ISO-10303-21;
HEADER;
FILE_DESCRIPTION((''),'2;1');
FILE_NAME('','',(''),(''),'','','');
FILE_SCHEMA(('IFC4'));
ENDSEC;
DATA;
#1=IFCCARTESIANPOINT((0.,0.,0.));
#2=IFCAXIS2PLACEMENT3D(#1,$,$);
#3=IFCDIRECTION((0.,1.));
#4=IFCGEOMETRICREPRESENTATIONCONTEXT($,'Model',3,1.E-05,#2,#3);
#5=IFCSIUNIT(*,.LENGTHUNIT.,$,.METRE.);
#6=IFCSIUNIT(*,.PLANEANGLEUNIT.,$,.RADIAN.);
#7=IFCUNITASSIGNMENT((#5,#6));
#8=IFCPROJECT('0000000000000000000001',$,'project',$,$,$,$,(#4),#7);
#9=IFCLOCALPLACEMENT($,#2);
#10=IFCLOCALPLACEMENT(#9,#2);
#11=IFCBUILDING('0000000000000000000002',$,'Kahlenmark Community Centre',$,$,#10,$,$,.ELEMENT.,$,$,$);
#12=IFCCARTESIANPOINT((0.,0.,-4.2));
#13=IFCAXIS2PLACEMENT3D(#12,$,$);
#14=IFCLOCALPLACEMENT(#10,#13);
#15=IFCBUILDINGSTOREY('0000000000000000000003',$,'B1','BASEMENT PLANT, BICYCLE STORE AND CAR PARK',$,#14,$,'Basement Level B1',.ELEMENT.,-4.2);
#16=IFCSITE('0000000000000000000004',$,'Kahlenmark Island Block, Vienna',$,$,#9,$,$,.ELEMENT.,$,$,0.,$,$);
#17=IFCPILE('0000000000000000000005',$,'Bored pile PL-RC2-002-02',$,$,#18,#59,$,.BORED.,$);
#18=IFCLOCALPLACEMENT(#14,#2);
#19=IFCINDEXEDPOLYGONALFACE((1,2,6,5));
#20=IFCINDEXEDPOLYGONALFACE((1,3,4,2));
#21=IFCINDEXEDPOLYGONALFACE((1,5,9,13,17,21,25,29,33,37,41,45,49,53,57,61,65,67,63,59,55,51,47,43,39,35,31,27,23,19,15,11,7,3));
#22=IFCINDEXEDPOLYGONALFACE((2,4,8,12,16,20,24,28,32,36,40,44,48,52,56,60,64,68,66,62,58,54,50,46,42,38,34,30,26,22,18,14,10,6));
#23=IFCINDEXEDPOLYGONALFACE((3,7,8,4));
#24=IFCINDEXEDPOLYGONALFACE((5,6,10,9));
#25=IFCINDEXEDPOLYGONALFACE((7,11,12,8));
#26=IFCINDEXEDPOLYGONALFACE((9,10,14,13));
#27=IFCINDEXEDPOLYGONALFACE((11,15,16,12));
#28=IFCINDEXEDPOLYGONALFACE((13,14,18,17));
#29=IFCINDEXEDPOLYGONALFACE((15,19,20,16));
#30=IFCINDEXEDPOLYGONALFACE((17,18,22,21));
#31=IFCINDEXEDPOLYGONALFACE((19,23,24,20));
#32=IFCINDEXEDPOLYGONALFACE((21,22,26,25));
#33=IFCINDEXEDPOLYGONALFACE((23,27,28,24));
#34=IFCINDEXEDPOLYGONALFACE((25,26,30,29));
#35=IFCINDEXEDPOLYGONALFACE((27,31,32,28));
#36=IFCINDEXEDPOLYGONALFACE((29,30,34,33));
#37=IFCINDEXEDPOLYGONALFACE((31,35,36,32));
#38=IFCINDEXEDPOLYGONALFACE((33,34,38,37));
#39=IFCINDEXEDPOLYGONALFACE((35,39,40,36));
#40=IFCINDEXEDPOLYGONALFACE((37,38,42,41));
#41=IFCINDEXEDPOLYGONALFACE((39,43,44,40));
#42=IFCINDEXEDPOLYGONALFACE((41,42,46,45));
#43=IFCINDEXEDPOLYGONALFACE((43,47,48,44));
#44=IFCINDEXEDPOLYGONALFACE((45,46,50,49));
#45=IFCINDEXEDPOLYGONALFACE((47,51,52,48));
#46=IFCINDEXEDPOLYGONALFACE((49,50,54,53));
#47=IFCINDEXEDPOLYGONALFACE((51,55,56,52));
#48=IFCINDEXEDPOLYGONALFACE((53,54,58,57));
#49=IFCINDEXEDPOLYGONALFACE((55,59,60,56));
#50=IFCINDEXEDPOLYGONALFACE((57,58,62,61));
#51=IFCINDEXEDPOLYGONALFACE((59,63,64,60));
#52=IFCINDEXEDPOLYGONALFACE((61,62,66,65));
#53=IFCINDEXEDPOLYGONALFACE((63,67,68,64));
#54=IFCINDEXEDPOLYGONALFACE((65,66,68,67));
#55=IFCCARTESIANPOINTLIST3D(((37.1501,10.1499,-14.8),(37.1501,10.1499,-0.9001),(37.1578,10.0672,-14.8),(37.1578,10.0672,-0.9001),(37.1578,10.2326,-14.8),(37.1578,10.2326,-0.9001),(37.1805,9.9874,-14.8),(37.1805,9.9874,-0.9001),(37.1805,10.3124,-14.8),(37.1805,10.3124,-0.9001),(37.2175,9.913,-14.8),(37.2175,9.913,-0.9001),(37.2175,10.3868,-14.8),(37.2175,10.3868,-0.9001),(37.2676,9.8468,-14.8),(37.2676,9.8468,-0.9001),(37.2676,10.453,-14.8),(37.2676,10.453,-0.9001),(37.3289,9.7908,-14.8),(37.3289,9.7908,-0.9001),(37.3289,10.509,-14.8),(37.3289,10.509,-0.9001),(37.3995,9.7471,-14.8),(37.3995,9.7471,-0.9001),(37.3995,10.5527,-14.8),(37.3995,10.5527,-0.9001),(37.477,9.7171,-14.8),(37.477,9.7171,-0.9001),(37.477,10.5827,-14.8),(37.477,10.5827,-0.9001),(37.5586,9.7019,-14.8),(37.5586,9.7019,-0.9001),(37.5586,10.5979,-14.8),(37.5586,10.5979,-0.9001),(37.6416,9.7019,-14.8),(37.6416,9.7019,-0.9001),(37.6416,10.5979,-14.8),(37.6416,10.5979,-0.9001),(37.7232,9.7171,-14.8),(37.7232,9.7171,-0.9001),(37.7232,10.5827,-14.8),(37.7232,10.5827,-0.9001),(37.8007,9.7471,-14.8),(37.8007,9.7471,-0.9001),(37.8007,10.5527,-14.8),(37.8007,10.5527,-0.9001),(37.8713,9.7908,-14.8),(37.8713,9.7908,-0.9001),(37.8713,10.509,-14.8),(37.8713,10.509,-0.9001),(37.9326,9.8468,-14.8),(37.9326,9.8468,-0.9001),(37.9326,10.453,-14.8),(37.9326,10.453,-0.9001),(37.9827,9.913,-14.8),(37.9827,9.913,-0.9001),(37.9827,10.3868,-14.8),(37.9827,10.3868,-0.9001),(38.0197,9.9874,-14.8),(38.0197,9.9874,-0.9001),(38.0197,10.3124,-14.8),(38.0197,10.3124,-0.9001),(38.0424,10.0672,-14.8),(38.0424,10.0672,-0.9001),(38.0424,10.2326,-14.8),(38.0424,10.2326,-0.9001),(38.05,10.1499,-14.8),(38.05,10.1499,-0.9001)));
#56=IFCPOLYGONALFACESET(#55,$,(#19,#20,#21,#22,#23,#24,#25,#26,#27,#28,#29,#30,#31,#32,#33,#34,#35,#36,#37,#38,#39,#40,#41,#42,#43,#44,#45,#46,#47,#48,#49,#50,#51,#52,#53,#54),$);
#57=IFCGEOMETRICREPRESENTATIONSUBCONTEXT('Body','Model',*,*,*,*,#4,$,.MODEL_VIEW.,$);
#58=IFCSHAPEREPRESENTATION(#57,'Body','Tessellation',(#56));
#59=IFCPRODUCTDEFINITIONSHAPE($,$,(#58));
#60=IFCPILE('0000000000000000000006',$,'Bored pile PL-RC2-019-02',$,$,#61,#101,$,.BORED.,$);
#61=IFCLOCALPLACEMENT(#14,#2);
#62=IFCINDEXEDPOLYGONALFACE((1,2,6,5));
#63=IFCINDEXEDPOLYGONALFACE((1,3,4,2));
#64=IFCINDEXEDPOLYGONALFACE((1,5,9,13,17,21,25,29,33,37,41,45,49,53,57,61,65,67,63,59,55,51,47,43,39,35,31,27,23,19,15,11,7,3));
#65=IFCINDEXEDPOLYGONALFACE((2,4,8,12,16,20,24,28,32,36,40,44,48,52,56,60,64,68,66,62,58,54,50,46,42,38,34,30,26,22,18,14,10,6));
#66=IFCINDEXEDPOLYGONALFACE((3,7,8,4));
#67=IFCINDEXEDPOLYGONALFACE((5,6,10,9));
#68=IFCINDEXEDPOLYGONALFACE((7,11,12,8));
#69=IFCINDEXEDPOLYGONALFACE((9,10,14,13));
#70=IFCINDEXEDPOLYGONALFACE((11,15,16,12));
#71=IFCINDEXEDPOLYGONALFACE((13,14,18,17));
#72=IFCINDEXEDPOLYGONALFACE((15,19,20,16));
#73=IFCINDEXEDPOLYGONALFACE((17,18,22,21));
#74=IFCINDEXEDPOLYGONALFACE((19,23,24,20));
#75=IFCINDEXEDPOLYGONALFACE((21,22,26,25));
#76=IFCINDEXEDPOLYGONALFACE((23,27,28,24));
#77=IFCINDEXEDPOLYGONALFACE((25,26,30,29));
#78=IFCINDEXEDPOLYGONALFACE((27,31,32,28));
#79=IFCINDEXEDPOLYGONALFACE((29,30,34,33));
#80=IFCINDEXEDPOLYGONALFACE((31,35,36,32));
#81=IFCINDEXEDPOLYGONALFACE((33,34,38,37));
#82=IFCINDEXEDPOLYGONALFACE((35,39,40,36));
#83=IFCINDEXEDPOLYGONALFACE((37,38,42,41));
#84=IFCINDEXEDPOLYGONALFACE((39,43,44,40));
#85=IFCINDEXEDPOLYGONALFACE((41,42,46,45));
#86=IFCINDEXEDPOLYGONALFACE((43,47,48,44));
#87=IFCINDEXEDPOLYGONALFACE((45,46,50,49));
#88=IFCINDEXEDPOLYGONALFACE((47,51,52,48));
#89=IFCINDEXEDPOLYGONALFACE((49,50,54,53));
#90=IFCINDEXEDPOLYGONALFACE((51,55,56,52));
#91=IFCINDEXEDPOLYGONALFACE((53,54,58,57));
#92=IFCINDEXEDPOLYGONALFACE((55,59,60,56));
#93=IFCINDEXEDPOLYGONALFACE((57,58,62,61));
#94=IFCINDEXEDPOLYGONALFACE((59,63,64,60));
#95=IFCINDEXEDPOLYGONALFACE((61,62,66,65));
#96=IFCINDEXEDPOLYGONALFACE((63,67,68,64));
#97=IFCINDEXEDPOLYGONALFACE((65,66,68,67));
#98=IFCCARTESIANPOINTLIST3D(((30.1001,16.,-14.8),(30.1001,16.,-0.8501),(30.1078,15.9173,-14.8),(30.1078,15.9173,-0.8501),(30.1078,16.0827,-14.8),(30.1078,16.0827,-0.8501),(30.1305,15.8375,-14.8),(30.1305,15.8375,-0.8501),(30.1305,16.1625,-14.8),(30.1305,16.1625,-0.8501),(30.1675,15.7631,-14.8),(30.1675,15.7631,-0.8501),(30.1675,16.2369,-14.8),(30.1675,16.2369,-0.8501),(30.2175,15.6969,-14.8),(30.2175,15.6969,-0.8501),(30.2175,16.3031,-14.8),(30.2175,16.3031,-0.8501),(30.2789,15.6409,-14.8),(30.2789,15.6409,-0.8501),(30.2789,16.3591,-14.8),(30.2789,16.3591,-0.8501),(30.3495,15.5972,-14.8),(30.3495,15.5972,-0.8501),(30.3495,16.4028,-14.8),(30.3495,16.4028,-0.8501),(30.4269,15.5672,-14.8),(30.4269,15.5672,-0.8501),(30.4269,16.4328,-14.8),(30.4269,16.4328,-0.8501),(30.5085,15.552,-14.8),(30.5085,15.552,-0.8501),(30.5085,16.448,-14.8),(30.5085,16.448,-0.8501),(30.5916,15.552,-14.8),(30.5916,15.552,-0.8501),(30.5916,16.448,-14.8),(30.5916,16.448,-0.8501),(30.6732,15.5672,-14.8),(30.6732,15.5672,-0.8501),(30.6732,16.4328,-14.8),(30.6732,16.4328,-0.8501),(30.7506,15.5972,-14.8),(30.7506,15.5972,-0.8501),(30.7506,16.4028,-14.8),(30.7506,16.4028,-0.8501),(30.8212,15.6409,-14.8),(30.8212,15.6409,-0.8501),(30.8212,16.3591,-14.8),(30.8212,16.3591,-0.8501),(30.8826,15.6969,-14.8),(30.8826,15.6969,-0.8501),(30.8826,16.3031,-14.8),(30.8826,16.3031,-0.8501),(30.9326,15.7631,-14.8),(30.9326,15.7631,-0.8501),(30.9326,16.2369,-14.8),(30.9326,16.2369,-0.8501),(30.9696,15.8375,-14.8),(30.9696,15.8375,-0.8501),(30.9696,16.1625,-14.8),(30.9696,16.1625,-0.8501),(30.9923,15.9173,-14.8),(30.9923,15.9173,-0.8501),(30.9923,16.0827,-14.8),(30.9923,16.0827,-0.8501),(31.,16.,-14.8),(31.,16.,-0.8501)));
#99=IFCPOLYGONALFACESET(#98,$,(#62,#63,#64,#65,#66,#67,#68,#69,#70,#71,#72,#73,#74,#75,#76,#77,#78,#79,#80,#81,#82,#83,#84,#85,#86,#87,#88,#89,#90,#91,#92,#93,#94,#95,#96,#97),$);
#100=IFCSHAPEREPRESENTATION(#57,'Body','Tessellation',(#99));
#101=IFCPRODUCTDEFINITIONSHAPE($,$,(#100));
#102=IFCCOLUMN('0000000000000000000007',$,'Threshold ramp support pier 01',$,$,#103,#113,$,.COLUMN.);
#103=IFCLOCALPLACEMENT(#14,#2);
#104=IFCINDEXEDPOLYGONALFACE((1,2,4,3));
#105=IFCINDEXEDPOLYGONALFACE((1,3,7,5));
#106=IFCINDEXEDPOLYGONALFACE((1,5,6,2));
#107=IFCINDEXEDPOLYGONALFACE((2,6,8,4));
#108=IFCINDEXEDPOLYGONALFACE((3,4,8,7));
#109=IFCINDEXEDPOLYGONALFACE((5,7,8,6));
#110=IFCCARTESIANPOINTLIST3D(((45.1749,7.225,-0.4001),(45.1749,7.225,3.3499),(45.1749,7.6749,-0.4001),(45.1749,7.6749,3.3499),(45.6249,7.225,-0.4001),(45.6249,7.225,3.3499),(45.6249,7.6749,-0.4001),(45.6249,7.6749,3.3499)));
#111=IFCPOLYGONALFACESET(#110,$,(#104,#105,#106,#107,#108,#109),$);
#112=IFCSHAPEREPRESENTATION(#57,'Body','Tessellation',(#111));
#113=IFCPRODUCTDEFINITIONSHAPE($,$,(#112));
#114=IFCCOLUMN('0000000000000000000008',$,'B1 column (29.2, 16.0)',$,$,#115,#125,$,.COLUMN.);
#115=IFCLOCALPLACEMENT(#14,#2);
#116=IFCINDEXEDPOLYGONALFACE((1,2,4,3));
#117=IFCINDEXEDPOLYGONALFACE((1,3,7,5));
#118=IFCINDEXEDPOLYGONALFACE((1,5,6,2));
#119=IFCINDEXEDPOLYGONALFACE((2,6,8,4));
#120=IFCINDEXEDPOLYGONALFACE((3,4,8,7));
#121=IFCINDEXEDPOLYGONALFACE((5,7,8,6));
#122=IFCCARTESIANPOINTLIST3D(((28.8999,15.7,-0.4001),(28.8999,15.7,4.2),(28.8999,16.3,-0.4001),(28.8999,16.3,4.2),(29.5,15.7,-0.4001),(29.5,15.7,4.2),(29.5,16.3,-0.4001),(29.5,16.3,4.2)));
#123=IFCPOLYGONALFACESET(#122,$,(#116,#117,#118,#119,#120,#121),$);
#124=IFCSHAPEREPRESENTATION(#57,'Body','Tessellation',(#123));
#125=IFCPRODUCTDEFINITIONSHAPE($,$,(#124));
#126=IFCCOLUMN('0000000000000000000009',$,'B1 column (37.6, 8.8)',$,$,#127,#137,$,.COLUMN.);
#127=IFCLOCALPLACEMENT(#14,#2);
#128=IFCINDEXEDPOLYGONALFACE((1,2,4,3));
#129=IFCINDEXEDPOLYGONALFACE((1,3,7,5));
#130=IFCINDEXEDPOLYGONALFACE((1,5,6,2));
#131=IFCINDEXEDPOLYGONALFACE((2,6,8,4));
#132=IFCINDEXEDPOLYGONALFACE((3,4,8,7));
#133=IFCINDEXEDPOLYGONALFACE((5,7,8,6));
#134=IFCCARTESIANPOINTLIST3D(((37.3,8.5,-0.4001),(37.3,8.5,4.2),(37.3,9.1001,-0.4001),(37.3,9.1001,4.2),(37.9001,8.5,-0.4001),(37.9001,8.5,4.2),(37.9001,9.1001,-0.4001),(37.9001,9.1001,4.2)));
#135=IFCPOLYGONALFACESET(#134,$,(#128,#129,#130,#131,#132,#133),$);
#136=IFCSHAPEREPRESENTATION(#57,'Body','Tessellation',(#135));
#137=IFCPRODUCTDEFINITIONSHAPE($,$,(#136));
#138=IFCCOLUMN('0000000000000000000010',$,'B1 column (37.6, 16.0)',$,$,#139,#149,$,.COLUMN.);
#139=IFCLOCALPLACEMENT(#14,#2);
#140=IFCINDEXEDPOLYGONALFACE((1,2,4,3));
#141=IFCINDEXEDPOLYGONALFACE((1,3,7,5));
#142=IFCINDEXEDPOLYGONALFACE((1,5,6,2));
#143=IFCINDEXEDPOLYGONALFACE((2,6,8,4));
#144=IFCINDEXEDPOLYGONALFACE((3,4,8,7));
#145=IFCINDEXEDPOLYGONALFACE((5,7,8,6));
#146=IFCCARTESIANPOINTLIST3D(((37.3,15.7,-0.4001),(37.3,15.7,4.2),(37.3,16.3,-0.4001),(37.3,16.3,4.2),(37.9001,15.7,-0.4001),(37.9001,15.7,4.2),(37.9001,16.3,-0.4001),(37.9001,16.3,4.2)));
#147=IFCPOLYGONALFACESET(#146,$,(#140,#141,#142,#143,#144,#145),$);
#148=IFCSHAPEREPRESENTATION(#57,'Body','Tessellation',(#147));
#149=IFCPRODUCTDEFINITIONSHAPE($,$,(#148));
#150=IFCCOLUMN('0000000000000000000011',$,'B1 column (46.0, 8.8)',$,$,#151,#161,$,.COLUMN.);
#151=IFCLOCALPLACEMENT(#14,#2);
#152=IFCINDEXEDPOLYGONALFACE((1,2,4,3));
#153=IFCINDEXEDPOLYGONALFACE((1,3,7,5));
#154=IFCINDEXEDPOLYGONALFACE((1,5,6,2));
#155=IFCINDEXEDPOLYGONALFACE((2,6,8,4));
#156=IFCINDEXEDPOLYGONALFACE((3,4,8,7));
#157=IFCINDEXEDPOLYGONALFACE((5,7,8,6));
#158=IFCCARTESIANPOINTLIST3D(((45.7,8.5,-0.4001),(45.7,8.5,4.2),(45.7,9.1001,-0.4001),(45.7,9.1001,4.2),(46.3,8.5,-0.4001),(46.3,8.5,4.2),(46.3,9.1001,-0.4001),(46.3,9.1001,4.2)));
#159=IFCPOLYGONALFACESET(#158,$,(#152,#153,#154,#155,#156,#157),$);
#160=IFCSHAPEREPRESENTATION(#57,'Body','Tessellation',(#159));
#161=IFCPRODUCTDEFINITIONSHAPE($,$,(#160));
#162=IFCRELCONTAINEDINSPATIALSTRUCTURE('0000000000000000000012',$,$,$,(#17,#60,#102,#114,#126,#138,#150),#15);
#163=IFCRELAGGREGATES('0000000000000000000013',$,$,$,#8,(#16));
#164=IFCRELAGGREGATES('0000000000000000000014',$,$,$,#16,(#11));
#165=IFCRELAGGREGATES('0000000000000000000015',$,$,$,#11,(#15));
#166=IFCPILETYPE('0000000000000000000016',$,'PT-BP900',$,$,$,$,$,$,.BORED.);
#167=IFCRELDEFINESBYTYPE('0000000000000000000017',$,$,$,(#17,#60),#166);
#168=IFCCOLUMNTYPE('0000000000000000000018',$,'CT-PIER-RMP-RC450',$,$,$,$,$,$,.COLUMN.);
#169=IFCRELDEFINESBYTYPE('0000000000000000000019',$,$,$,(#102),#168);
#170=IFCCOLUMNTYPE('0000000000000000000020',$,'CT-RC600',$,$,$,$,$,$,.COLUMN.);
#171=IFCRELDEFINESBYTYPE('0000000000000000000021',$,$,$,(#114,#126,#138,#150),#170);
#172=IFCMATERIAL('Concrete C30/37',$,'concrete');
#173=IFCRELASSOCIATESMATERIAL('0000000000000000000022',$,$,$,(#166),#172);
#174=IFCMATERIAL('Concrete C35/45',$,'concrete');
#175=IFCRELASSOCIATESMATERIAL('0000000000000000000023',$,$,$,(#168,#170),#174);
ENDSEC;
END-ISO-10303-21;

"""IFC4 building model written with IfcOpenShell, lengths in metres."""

from ifc_helpers import new_model, si_unit, direction, frame, origin, origin_2d, place, context, subcontext, project, spatial, rectangle, circle, extrude, material, material_profile, profile_set, type_object, element, save


model = new_model("IFC4")

# Units and contexts
model_context = context("Model", 3, precision=1e-05, world=origin(), true_north=direction((0.0, 1.0)))
body_context = subcontext(model_context, "Body", "Model", "MODEL_VIEW")
ifc_project = project(units=[si_unit("LENGTHUNIT", "METRE"), si_unit("PLANEANGLEUNIT", "RADIAN")], contexts=[model_context])

# Site, building, storey
site_placement = place(None, origin())
site = spatial("IfcSite", under=ifc_project, at=site_placement, Name="Kahlenmark Island Block, Vienna", CompositionType="ELEMENT", RefElevation=0.0)
building_placement = place(site_placement, origin())
building = spatial("IfcBuilding", under=site, at=building_placement, Name="Kahlenmark Community Centre", CompositionType="ELEMENT")
storey_placement = place(building_placement, frame((0.0, 0.0, -4.2)))
storey = spatial("IfcBuildingStorey", under=building, at=storey_placement, Name="B1", Description="BASEMENT PLANT, BICYCLE STORE AND CAR PARK", LongName="Basement Level B1", CompositionType="ELEMENT", Elevation=-4.2)

# Shared definitions
ifc_material_1 = material(Name="Concrete C30/37", Category="concrete")

# Piles
ifc_material_profile_1 = material_profile(ifc_material_1, circle(Radius=0.45, at=origin_2d()), Name="BORED PILE 900")
ifc_profile_set_1 = profile_set([ifc_material_profile_1], Name="Concrete C30/37")
pile_type_1 = type_object("IfcPileType", Name="PT-BP900", PredefinedType="BORED", material=ifc_profile_set_1)
for number, where, z_axis, x_axis, name in (
    (1, (37.6001, 10.1499, -0.9001), (0.0, 0.0, -1.0), (1.0, 0.0, 0.0), "Bored pile PL-RC2-002-02"),
):
    element("IfcPile", number, at=place(storey_placement, frame(where, z_axis=z_axis, x_axis=x_axis)), inside=storey, type_object=pile_type_1, Name=name, PredefinedType="BORED", context=body_context, shape_type="SweptSolid", body=[
        extrude(circle(Radius=0.45, at=origin_2d()), origin(), (0.0, 0.0, 1.0), 13.8999),
    ])
pile_placement = place(storey_placement, frame((30.55, 16.0, -0.8501), z_axis=(0.0, 0.0, -1.0), x_axis=(1.0, 0.0, 0.0)))
element("IfcPile", 2, at=pile_placement, inside=storey, type_object=pile_type_1, Name="Bored pile PL-RC2-019-02", PredefinedType="BORED", context=body_context, shape_type="SweptSolid", body=[
    extrude(circle(Radius=0.45, at=origin_2d()), origin(), (0.0, 0.0, 1.0), 13.95),
])

# Columns
ifc_material_2 = material(Name="Concrete C35/45", Category="concrete")
ifc_material_profile_2 = material_profile(ifc_material_2, rectangle(XDim=0.45, YDim=0.45, at=origin_2d()), Name="RC 450x450")
ifc_profile_set_2 = profile_set([ifc_material_profile_2], Name="Concrete C35/45")
column_type_1 = type_object("IfcColumnType", Name="CT-PIER-RMP-RC450", PredefinedType="COLUMN", material=ifc_profile_set_2)
column_placement = place(storey_placement, frame((45.3999, 7.45, -0.4001), z_axis=(0.0, 0.0, 1.0), x_axis=(1.0, 0.0, 0.0)))
element("IfcColumn", 3, at=column_placement, inside=storey, type_object=column_type_1, Name="Threshold ramp support pier 01", PredefinedType="COLUMN", context=body_context, shape_type="SweptSolid", body=[
    extrude(rectangle(XDim=0.45, YDim=0.45, at=origin_2d()), origin(), (0.0, 0.0, 1.0), 3.75),
])
ifc_material_profile_3 = material_profile(ifc_material_2, rectangle(XDim=0.6001, YDim=0.6001, at=origin_2d()), Name="RC 600x600")
ifc_profile_set_3 = profile_set([ifc_material_profile_3], Name="Concrete C35/45")
column_type_2 = type_object("IfcColumnType", Name="CT-RC600", PredefinedType="COLUMN", material=ifc_profile_set_3)
for number, where, z_axis, x_axis, name in (
    (4, (29.2, 16.0, -0.4001), (0.0, 0.0, 1.0), (1.0, 0.0, 0.0), "B1 column (29.2, 16.0)"),
    (5, (37.6001, 8.8, -0.4001), (0.0, 0.0, 1.0), (1.0, 0.0, 0.0), "B1 column (37.6, 8.8)"),
    (6, (37.6001, 16.0, -0.4001), (0.0, 0.0, 1.0), (1.0, 0.0, 0.0), "B1 column (37.6, 16.0)"),
    (7, (46.0, 8.8, -0.4001), (0.0, 0.0, 1.0), (1.0, 0.0, 0.0), "B1 column (46.0, 8.8)"),
):
    element("IfcColumn", number, at=place(storey_placement, frame(where, z_axis=z_axis, x_axis=x_axis)), inside=storey, type_object=column_type_2, Name=name, PredefinedType="COLUMN", context=body_context, shape_type="SweptSolid", body=[
        extrude(rectangle(XDim=0.6001, YDim=0.6001, at=origin_2d()), origin(), (0.0, 0.0, 1.0), 4.6001),
    ])

save(model, "model.ifc")
